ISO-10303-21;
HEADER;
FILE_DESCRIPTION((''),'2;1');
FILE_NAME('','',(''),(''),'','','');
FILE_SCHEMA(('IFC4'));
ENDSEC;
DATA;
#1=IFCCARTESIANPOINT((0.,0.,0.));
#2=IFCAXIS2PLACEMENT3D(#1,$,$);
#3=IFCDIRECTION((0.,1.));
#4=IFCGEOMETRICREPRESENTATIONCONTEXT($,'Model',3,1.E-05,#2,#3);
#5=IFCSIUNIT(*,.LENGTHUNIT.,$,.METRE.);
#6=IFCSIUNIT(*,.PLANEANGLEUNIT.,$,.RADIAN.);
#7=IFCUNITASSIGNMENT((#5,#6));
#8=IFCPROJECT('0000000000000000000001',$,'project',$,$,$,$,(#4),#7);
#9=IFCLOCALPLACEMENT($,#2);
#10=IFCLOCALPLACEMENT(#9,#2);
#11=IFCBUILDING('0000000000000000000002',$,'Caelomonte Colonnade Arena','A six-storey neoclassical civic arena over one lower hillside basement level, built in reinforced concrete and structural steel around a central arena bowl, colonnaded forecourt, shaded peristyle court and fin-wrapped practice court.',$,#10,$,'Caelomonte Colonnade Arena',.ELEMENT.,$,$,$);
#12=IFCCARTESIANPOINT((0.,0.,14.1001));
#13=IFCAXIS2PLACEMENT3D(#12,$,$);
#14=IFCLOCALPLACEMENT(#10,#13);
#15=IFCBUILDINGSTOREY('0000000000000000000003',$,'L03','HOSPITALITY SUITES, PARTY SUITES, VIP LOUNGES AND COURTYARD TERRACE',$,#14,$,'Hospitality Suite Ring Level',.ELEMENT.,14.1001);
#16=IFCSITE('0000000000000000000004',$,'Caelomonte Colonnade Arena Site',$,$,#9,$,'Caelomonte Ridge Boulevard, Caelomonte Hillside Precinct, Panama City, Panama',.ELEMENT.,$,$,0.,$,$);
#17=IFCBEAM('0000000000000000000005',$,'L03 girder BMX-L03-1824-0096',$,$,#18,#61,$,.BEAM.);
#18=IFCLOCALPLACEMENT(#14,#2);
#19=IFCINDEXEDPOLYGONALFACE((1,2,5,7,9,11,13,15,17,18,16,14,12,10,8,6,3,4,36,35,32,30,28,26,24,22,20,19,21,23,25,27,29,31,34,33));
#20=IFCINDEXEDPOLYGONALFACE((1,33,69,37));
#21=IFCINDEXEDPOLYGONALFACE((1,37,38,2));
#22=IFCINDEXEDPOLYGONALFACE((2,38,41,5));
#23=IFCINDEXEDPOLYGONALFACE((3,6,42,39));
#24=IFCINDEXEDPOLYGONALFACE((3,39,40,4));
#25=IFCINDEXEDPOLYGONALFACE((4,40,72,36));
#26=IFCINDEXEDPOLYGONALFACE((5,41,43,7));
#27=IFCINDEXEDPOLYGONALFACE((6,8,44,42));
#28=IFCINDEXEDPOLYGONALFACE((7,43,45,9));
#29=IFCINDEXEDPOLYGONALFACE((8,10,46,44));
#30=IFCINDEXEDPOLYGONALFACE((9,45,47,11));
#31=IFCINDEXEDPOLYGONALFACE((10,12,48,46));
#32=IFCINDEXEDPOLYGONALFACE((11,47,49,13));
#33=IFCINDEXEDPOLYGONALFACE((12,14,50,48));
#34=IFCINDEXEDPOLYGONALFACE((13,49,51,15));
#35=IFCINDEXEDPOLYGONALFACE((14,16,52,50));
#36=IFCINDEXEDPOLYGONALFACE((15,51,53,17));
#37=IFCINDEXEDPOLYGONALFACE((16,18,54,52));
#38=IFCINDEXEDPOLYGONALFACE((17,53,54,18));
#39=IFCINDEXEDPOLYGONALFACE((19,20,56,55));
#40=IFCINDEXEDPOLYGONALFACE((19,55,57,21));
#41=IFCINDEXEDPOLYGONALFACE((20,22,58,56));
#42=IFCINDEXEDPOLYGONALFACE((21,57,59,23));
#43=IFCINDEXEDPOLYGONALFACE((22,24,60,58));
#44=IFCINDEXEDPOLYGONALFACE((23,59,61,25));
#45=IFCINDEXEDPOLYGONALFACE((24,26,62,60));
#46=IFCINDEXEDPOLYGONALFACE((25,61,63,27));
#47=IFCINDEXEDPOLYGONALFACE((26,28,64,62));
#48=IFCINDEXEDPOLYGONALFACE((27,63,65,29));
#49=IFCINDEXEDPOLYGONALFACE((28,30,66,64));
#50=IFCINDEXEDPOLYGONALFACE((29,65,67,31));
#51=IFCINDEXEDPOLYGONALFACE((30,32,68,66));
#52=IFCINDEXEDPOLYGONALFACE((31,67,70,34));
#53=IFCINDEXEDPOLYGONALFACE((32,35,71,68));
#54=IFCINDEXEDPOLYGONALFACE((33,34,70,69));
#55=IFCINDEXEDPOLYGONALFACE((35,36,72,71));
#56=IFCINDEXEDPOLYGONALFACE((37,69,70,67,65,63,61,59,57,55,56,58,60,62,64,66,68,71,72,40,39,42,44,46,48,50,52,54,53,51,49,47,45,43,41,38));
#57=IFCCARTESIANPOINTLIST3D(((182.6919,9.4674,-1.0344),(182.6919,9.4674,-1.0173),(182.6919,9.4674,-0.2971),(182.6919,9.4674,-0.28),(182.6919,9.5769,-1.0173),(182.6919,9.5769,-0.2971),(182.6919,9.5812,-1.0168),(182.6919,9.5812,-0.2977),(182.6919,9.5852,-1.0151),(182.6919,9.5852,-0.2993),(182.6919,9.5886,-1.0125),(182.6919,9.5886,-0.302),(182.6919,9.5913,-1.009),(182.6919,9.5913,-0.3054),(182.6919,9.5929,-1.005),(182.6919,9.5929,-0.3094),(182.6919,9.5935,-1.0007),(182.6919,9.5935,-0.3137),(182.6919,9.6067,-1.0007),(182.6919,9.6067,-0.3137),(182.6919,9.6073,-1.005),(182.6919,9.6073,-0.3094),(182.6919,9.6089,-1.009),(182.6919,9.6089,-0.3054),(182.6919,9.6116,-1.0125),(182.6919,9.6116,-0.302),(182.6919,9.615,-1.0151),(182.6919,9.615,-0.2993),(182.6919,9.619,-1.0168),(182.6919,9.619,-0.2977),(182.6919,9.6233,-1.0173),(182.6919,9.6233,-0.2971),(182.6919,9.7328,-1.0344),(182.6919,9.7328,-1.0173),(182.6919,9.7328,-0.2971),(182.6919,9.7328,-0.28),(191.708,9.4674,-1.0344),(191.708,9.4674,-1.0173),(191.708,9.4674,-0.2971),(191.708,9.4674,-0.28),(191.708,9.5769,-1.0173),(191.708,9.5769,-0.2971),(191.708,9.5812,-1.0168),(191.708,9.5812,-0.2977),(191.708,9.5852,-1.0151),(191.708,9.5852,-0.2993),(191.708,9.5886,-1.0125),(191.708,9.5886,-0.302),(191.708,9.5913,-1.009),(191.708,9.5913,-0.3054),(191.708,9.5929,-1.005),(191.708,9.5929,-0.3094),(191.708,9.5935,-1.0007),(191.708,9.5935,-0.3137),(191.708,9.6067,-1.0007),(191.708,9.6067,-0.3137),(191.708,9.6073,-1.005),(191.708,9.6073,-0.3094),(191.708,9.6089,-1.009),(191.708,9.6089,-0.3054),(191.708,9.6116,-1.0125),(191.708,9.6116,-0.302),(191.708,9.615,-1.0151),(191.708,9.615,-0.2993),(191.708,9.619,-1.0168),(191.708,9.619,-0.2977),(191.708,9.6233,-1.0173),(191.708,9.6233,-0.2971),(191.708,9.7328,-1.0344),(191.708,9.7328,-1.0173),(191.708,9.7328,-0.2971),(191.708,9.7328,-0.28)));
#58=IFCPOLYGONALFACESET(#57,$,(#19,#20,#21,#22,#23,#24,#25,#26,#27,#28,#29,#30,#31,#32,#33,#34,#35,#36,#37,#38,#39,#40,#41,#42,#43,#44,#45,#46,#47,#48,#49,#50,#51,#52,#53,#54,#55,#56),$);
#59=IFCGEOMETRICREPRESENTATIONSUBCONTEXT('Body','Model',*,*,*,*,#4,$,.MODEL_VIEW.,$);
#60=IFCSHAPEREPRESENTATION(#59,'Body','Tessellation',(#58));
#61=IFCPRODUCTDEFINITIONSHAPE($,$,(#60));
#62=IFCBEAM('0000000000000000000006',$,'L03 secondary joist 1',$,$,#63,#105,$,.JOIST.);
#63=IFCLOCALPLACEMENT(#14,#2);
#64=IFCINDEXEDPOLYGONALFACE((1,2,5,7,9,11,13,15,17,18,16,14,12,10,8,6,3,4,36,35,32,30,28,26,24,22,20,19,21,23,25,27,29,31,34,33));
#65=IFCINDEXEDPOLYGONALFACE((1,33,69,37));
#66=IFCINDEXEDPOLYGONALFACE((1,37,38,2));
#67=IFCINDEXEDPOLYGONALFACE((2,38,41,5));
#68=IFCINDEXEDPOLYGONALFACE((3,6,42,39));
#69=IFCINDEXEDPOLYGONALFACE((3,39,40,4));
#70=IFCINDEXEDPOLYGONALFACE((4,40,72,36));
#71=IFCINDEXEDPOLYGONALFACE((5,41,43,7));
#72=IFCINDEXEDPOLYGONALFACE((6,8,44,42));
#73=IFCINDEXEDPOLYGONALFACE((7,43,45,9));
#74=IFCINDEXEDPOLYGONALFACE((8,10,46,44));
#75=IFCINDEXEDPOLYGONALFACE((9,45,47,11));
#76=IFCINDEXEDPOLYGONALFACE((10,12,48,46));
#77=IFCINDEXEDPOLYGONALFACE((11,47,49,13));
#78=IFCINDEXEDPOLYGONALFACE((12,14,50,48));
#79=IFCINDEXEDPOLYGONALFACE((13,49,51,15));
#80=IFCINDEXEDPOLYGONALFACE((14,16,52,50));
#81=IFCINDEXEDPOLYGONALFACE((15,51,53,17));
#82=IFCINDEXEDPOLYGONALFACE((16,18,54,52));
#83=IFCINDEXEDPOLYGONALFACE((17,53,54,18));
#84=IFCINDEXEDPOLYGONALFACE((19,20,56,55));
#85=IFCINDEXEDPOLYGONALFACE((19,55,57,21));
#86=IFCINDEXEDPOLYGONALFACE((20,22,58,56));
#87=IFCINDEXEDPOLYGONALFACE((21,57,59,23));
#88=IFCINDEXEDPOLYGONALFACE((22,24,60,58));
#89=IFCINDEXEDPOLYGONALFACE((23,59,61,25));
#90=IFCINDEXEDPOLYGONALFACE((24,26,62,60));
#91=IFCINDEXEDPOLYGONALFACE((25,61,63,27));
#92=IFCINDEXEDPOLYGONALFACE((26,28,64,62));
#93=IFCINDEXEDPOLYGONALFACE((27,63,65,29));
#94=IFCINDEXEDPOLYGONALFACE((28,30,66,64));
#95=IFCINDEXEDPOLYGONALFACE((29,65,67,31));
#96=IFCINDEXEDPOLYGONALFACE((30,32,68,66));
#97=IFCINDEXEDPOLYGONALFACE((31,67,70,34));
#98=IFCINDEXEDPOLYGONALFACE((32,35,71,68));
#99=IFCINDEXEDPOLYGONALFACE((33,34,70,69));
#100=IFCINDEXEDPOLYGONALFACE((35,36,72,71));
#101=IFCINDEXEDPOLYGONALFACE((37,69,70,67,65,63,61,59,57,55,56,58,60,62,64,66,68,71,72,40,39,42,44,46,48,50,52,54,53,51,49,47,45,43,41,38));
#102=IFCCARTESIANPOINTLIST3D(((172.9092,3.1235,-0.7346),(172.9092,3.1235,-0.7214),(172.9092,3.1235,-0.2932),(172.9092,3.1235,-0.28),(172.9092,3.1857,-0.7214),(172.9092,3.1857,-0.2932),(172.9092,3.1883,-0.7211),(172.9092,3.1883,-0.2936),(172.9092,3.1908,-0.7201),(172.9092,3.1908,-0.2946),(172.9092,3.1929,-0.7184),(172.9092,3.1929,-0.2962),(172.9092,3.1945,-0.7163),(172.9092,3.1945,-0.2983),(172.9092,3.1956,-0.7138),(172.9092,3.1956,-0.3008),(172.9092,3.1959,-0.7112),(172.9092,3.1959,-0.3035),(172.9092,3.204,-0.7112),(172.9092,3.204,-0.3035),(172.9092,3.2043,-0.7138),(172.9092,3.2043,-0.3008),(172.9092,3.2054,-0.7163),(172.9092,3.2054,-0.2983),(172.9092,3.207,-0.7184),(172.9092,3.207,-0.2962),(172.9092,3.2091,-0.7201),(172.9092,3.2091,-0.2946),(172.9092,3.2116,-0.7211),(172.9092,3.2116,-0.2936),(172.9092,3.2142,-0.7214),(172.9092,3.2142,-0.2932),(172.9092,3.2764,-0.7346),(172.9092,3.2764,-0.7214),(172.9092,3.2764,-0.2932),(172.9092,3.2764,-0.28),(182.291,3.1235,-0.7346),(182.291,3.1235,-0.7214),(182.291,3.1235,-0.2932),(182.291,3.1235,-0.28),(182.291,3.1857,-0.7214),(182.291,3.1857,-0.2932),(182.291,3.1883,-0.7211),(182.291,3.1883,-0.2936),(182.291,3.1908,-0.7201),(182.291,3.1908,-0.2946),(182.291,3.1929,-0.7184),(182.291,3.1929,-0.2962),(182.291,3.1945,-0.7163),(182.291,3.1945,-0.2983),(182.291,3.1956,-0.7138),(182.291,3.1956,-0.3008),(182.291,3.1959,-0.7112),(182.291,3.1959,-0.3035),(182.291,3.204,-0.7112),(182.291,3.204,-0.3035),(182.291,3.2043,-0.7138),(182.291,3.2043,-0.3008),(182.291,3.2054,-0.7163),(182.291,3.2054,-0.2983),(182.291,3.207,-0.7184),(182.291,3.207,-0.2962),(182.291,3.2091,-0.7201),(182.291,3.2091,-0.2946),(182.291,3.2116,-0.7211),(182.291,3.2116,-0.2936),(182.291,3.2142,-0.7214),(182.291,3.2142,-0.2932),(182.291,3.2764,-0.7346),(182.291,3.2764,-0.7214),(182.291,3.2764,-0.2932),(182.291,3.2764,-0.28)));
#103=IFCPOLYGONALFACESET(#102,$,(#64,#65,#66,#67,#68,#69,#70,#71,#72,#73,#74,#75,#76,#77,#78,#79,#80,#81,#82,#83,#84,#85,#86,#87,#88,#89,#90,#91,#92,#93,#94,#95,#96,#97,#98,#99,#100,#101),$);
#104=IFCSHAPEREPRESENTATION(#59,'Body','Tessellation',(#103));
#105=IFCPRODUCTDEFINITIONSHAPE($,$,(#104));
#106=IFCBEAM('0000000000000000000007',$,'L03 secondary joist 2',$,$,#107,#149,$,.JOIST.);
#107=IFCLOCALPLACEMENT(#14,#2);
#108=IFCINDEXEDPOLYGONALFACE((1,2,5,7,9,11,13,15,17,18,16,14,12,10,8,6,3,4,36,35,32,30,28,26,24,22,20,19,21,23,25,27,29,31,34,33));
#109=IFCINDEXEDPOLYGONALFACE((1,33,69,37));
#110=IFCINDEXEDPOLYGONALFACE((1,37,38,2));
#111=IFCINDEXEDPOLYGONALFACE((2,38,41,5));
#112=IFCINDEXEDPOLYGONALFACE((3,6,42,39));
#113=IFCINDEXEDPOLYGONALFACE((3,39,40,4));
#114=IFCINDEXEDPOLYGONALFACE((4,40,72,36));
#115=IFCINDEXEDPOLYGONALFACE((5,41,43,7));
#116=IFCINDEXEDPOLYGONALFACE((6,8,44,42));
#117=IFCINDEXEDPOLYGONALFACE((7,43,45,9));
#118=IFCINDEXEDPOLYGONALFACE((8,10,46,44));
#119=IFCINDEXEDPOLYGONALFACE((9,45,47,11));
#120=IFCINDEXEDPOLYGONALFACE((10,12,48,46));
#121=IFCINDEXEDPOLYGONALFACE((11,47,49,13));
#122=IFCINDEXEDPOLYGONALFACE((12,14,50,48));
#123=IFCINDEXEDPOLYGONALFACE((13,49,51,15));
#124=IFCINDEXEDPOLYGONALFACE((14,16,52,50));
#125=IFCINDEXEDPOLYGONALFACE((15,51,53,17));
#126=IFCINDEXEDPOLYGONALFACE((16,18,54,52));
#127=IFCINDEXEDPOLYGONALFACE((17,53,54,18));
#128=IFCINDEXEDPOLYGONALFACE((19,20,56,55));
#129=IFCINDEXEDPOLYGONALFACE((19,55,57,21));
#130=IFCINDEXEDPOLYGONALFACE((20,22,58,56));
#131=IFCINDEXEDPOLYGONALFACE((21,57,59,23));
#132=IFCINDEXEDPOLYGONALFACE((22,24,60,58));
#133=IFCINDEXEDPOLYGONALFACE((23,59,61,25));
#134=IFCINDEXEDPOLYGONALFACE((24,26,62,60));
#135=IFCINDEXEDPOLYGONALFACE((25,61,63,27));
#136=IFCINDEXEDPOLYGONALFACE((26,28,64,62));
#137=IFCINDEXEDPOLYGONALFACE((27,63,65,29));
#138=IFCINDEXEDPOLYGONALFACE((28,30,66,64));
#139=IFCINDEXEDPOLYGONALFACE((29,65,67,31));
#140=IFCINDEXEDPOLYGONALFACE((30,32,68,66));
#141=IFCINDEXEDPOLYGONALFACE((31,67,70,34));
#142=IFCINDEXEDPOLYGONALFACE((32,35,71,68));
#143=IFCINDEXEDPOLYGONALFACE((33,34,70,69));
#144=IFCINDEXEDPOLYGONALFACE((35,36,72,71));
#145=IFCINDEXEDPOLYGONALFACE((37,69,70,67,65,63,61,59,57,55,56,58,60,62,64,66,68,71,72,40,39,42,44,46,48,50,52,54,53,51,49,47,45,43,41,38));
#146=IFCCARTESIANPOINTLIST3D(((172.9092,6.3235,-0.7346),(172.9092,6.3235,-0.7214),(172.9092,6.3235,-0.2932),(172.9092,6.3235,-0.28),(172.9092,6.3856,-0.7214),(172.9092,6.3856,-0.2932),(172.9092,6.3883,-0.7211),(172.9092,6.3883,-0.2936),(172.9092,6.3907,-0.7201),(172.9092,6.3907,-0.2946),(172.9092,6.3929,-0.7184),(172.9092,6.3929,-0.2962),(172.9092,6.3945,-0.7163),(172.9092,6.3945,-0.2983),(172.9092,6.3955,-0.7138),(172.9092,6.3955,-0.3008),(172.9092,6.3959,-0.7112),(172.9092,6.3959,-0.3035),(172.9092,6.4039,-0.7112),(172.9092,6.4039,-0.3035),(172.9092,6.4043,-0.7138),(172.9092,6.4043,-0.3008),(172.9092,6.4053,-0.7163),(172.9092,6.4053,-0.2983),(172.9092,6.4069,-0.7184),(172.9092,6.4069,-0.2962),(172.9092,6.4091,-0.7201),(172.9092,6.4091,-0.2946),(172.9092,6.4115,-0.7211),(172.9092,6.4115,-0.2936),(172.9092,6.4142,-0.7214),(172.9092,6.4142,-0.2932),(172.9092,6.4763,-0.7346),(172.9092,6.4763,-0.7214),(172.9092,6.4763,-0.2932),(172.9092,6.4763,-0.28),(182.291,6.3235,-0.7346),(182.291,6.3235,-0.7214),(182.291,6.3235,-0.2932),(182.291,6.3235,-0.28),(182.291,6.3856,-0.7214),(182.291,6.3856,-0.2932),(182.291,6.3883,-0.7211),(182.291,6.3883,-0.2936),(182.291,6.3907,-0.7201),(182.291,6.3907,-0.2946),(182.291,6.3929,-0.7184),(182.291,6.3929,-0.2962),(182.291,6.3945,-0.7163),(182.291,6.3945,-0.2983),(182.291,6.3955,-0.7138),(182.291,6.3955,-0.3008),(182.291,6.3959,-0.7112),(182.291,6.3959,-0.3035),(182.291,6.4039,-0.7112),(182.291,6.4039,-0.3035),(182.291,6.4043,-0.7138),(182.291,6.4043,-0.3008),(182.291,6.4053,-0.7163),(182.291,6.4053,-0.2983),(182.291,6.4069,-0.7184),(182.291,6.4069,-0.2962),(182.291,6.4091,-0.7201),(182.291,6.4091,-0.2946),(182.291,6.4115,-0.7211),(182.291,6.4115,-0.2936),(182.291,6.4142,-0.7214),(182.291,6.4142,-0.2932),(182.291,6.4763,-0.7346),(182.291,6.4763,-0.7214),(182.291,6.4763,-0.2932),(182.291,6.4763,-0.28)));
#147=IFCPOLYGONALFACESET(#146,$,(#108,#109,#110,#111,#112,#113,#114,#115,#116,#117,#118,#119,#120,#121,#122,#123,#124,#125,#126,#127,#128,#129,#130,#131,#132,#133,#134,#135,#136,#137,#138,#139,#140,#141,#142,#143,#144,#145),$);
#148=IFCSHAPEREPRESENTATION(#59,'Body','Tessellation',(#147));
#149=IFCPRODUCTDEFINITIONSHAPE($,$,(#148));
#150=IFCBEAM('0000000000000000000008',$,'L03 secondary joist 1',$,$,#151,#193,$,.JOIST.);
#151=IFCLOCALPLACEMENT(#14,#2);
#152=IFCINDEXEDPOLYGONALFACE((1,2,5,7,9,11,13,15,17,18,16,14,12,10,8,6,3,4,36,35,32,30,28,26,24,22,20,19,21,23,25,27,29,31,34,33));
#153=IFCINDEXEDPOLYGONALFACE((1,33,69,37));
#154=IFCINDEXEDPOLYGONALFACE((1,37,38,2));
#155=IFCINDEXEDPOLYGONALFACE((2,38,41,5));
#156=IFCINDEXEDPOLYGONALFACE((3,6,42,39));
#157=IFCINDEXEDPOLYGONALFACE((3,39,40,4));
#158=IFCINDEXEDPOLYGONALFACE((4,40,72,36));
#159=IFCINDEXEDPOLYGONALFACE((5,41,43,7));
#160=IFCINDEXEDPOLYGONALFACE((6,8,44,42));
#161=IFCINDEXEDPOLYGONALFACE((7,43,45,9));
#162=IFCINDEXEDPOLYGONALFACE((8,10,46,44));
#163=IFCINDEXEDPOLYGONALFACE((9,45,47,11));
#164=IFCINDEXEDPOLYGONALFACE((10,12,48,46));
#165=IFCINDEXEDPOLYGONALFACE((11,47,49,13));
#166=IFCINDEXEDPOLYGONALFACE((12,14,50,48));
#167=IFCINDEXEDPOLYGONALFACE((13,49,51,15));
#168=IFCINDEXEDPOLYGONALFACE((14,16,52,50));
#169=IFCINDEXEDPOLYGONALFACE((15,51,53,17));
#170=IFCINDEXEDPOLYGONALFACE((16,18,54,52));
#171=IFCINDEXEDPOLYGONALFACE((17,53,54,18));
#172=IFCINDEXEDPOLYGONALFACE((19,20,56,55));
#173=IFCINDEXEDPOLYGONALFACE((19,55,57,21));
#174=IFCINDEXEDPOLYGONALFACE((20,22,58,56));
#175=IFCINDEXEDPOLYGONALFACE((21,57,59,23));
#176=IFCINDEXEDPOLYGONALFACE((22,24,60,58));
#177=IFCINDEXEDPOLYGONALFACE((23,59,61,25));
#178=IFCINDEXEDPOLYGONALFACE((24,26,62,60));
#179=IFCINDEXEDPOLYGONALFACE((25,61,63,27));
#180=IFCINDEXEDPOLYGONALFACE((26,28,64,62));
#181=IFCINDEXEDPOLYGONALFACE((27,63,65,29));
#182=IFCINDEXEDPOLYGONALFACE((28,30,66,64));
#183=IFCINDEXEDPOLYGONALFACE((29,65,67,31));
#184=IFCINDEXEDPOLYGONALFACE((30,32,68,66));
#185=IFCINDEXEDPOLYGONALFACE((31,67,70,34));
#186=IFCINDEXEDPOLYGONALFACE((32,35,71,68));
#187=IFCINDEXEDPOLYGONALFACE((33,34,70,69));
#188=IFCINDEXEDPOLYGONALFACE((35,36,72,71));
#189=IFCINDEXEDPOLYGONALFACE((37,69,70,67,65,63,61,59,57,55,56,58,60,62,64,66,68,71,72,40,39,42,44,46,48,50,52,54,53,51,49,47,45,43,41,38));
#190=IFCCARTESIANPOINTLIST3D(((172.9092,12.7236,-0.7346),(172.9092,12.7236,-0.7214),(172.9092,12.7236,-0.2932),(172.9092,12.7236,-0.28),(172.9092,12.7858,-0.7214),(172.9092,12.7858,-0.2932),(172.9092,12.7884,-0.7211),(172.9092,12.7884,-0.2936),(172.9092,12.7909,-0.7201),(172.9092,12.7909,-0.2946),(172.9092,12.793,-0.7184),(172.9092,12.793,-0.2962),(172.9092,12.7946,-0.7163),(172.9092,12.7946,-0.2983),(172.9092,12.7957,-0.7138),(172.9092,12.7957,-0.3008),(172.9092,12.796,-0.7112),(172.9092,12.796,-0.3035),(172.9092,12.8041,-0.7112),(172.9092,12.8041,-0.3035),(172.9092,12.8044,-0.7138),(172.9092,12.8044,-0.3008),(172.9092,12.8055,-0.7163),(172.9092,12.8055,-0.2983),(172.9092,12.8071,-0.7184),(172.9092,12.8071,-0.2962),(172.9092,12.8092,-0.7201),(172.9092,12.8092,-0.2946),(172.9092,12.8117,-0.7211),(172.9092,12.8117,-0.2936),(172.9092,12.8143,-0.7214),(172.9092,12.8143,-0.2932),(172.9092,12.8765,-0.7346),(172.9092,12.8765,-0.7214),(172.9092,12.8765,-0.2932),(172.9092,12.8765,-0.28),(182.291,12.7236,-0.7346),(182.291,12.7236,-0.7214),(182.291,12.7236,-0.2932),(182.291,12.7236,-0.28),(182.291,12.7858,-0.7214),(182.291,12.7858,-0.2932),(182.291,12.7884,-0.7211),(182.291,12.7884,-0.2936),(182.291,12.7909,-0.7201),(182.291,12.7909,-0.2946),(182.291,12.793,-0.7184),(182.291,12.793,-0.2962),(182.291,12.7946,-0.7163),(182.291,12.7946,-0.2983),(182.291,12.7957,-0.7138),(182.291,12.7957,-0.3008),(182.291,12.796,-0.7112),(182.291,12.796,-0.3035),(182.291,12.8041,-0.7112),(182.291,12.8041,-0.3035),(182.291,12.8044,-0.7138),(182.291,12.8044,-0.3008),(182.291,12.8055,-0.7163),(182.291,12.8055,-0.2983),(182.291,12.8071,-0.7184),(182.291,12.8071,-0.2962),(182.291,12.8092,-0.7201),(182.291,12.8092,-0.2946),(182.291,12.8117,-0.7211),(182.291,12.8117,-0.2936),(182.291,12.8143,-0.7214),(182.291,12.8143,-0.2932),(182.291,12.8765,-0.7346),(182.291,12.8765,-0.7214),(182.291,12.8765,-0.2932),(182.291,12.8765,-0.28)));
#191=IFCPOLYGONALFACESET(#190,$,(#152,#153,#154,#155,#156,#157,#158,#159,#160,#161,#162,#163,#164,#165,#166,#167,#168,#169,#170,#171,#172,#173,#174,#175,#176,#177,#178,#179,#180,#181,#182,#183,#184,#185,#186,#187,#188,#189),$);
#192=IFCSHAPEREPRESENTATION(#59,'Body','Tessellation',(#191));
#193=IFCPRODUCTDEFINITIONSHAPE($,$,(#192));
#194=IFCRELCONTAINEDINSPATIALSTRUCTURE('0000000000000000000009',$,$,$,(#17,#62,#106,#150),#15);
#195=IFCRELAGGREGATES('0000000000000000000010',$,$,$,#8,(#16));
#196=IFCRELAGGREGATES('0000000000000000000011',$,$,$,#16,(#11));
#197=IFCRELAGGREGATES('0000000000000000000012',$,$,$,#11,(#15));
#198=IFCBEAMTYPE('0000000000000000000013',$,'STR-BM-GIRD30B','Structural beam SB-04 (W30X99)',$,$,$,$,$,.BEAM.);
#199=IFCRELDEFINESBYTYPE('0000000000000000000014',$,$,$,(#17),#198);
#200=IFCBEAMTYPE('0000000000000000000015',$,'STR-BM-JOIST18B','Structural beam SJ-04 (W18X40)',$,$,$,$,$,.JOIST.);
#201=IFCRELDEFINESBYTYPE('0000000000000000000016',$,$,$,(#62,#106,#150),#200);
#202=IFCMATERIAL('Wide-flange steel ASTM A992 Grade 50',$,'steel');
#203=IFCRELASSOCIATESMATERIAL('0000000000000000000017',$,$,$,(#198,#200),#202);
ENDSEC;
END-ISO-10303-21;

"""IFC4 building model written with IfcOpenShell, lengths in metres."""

from ifc_helpers import new_model, si_unit, direction, frame, origin, origin_2d, place, context, subcontext, project, spatial, i_section, extrude, material, material_profile, profile_set, type_object, element, save


model = new_model("IFC4")

# Units and contexts
model_context = context("Model", 3, precision=1e-05, world=origin(), true_north=direction((0.0, 1.0)))
body_context = subcontext(model_context, "Body", "Model", "MODEL_VIEW")
ifc_project = project(units=[si_unit("LENGTHUNIT", "METRE"), si_unit("PLANEANGLEUNIT", "RADIAN")], contexts=[model_context])

# Site, building, storey
site_placement = place(None, origin())
site = spatial("IfcSite", under=ifc_project, at=site_placement, Name="Caelomonte Colonnade Arena Site", LongName="Caelomonte Ridge Boulevard, Caelomonte Hillside Precinct, Panama City, Panama", CompositionType="ELEMENT", RefElevation=0.0)
building_placement = place(site_placement, origin())
building = spatial("IfcBuilding", under=site, at=building_placement, Name="Caelomonte Colonnade Arena", Description="A six-storey neoclassical civic arena over one lower hillside basement level, built in reinforced concrete and structural steel around a central arena bowl, colonnaded forecourt, shaded peristyle court and fin-wrapped practice court.", LongName="Caelomonte Colonnade Arena", CompositionType="ELEMENT")
storey_placement = place(building_placement, frame((0.0, 0.0, 14.1001)))
storey = spatial("IfcBuildingStorey", under=building, at=storey_placement, Name="L03", Description="HOSPITALITY SUITES, PARTY SUITES, VIP LOUNGES AND COURTYARD TERRACE", LongName="Hospitality Suite Ring Level", CompositionType="ELEMENT", Elevation=14.1001)

# Beams
ifc_material_1 = material(Name="Wide-flange steel ASTM A992 Grade 50", Category="steel")
ifc_material_profile_1 = material_profile(ifc_material_1, i_section(OverallWidth=0.2654, OverallDepth=0.7544, WebThickness=0.0132, FlangeThickness=0.0171, FilletRadius=0.0166, at=origin_2d()), Name="W30X99")
ifc_profile_set_1 = profile_set([ifc_material_profile_1], Name="Wide-flange steel ASTM A992 Grade 50")
beam_type_1 = type_object("IfcBeamType", Name="STR-BM-GIRD30B", Description="Structural beam SB-04 (W30X99)", PredefinedType="BEAM", material=ifc_profile_set_1)
beam_1_placement = place(storey_placement, frame((182.6919, 9.6001, -0.6572), z_axis=(1.0, 0.0, 0.0), x_axis=(0.0, 1.0, 0.0)))
element("IfcBeam", 1, at=beam_1_placement, inside=storey, type_object=beam_type_1, Name="L03 girder BMX-L03-1824-0096", PredefinedType="BEAM", context=body_context, shape_type="SweptSolid", body=[
    extrude(i_section(OverallWidth=0.2654, OverallDepth=0.7544, WebThickness=0.0132, FlangeThickness=0.0171, FilletRadius=0.0166, at=origin_2d()), origin(), (0.0, 0.0, 1.0), 9.0161),
])
ifc_material_profile_2 = material_profile(ifc_material_1, i_section(OverallWidth=0.1528, OverallDepth=0.4546, WebThickness=0.0081, FlangeThickness=0.0132, FilletRadius=0.0103, at=origin_2d()), Name="W18X40")
ifc_profile_set_2 = profile_set([ifc_material_profile_2], Name="Wide-flange steel ASTM A992 Grade 50")
beam_type_2 = type_object("IfcBeamType", Name="STR-BM-JOIST18B", Description="Structural beam SJ-04 (W18X40)", PredefinedType="JOIST", material=ifc_profile_set_2)
for number, where, z_axis, x_axis, name in (
    (2, (172.9092, 3.2, -0.5073), (1.0, 0.0, 0.0), (0.0, 1.0, 0.0), "L03 secondary joist 1"),
    (3, (172.9092, 6.3999, -0.5073), (1.0, 0.0, 0.0), (0.0, 1.0, 0.0), "L03 secondary joist 2"),
    (4, (172.9092, 12.8, -0.5073), (1.0, 0.0, 0.0), (0.0, 1.0, 0.0), "L03 secondary joist 1"),
):
    element("IfcBeam", number, at=place(storey_placement, frame(where, z_axis=z_axis, x_axis=x_axis)), inside=storey, type_object=beam_type_2, Name=name, PredefinedType="JOIST", context=body_context, shape_type="SweptSolid", body=[
        extrude(i_section(OverallWidth=0.1528, OverallDepth=0.4546, WebThickness=0.0081, FlangeThickness=0.0132, FilletRadius=0.0103, at=origin_2d()), origin(), (0.0, 0.0, 1.0), 9.3818),
    ])

save(model, "model.ifc")
